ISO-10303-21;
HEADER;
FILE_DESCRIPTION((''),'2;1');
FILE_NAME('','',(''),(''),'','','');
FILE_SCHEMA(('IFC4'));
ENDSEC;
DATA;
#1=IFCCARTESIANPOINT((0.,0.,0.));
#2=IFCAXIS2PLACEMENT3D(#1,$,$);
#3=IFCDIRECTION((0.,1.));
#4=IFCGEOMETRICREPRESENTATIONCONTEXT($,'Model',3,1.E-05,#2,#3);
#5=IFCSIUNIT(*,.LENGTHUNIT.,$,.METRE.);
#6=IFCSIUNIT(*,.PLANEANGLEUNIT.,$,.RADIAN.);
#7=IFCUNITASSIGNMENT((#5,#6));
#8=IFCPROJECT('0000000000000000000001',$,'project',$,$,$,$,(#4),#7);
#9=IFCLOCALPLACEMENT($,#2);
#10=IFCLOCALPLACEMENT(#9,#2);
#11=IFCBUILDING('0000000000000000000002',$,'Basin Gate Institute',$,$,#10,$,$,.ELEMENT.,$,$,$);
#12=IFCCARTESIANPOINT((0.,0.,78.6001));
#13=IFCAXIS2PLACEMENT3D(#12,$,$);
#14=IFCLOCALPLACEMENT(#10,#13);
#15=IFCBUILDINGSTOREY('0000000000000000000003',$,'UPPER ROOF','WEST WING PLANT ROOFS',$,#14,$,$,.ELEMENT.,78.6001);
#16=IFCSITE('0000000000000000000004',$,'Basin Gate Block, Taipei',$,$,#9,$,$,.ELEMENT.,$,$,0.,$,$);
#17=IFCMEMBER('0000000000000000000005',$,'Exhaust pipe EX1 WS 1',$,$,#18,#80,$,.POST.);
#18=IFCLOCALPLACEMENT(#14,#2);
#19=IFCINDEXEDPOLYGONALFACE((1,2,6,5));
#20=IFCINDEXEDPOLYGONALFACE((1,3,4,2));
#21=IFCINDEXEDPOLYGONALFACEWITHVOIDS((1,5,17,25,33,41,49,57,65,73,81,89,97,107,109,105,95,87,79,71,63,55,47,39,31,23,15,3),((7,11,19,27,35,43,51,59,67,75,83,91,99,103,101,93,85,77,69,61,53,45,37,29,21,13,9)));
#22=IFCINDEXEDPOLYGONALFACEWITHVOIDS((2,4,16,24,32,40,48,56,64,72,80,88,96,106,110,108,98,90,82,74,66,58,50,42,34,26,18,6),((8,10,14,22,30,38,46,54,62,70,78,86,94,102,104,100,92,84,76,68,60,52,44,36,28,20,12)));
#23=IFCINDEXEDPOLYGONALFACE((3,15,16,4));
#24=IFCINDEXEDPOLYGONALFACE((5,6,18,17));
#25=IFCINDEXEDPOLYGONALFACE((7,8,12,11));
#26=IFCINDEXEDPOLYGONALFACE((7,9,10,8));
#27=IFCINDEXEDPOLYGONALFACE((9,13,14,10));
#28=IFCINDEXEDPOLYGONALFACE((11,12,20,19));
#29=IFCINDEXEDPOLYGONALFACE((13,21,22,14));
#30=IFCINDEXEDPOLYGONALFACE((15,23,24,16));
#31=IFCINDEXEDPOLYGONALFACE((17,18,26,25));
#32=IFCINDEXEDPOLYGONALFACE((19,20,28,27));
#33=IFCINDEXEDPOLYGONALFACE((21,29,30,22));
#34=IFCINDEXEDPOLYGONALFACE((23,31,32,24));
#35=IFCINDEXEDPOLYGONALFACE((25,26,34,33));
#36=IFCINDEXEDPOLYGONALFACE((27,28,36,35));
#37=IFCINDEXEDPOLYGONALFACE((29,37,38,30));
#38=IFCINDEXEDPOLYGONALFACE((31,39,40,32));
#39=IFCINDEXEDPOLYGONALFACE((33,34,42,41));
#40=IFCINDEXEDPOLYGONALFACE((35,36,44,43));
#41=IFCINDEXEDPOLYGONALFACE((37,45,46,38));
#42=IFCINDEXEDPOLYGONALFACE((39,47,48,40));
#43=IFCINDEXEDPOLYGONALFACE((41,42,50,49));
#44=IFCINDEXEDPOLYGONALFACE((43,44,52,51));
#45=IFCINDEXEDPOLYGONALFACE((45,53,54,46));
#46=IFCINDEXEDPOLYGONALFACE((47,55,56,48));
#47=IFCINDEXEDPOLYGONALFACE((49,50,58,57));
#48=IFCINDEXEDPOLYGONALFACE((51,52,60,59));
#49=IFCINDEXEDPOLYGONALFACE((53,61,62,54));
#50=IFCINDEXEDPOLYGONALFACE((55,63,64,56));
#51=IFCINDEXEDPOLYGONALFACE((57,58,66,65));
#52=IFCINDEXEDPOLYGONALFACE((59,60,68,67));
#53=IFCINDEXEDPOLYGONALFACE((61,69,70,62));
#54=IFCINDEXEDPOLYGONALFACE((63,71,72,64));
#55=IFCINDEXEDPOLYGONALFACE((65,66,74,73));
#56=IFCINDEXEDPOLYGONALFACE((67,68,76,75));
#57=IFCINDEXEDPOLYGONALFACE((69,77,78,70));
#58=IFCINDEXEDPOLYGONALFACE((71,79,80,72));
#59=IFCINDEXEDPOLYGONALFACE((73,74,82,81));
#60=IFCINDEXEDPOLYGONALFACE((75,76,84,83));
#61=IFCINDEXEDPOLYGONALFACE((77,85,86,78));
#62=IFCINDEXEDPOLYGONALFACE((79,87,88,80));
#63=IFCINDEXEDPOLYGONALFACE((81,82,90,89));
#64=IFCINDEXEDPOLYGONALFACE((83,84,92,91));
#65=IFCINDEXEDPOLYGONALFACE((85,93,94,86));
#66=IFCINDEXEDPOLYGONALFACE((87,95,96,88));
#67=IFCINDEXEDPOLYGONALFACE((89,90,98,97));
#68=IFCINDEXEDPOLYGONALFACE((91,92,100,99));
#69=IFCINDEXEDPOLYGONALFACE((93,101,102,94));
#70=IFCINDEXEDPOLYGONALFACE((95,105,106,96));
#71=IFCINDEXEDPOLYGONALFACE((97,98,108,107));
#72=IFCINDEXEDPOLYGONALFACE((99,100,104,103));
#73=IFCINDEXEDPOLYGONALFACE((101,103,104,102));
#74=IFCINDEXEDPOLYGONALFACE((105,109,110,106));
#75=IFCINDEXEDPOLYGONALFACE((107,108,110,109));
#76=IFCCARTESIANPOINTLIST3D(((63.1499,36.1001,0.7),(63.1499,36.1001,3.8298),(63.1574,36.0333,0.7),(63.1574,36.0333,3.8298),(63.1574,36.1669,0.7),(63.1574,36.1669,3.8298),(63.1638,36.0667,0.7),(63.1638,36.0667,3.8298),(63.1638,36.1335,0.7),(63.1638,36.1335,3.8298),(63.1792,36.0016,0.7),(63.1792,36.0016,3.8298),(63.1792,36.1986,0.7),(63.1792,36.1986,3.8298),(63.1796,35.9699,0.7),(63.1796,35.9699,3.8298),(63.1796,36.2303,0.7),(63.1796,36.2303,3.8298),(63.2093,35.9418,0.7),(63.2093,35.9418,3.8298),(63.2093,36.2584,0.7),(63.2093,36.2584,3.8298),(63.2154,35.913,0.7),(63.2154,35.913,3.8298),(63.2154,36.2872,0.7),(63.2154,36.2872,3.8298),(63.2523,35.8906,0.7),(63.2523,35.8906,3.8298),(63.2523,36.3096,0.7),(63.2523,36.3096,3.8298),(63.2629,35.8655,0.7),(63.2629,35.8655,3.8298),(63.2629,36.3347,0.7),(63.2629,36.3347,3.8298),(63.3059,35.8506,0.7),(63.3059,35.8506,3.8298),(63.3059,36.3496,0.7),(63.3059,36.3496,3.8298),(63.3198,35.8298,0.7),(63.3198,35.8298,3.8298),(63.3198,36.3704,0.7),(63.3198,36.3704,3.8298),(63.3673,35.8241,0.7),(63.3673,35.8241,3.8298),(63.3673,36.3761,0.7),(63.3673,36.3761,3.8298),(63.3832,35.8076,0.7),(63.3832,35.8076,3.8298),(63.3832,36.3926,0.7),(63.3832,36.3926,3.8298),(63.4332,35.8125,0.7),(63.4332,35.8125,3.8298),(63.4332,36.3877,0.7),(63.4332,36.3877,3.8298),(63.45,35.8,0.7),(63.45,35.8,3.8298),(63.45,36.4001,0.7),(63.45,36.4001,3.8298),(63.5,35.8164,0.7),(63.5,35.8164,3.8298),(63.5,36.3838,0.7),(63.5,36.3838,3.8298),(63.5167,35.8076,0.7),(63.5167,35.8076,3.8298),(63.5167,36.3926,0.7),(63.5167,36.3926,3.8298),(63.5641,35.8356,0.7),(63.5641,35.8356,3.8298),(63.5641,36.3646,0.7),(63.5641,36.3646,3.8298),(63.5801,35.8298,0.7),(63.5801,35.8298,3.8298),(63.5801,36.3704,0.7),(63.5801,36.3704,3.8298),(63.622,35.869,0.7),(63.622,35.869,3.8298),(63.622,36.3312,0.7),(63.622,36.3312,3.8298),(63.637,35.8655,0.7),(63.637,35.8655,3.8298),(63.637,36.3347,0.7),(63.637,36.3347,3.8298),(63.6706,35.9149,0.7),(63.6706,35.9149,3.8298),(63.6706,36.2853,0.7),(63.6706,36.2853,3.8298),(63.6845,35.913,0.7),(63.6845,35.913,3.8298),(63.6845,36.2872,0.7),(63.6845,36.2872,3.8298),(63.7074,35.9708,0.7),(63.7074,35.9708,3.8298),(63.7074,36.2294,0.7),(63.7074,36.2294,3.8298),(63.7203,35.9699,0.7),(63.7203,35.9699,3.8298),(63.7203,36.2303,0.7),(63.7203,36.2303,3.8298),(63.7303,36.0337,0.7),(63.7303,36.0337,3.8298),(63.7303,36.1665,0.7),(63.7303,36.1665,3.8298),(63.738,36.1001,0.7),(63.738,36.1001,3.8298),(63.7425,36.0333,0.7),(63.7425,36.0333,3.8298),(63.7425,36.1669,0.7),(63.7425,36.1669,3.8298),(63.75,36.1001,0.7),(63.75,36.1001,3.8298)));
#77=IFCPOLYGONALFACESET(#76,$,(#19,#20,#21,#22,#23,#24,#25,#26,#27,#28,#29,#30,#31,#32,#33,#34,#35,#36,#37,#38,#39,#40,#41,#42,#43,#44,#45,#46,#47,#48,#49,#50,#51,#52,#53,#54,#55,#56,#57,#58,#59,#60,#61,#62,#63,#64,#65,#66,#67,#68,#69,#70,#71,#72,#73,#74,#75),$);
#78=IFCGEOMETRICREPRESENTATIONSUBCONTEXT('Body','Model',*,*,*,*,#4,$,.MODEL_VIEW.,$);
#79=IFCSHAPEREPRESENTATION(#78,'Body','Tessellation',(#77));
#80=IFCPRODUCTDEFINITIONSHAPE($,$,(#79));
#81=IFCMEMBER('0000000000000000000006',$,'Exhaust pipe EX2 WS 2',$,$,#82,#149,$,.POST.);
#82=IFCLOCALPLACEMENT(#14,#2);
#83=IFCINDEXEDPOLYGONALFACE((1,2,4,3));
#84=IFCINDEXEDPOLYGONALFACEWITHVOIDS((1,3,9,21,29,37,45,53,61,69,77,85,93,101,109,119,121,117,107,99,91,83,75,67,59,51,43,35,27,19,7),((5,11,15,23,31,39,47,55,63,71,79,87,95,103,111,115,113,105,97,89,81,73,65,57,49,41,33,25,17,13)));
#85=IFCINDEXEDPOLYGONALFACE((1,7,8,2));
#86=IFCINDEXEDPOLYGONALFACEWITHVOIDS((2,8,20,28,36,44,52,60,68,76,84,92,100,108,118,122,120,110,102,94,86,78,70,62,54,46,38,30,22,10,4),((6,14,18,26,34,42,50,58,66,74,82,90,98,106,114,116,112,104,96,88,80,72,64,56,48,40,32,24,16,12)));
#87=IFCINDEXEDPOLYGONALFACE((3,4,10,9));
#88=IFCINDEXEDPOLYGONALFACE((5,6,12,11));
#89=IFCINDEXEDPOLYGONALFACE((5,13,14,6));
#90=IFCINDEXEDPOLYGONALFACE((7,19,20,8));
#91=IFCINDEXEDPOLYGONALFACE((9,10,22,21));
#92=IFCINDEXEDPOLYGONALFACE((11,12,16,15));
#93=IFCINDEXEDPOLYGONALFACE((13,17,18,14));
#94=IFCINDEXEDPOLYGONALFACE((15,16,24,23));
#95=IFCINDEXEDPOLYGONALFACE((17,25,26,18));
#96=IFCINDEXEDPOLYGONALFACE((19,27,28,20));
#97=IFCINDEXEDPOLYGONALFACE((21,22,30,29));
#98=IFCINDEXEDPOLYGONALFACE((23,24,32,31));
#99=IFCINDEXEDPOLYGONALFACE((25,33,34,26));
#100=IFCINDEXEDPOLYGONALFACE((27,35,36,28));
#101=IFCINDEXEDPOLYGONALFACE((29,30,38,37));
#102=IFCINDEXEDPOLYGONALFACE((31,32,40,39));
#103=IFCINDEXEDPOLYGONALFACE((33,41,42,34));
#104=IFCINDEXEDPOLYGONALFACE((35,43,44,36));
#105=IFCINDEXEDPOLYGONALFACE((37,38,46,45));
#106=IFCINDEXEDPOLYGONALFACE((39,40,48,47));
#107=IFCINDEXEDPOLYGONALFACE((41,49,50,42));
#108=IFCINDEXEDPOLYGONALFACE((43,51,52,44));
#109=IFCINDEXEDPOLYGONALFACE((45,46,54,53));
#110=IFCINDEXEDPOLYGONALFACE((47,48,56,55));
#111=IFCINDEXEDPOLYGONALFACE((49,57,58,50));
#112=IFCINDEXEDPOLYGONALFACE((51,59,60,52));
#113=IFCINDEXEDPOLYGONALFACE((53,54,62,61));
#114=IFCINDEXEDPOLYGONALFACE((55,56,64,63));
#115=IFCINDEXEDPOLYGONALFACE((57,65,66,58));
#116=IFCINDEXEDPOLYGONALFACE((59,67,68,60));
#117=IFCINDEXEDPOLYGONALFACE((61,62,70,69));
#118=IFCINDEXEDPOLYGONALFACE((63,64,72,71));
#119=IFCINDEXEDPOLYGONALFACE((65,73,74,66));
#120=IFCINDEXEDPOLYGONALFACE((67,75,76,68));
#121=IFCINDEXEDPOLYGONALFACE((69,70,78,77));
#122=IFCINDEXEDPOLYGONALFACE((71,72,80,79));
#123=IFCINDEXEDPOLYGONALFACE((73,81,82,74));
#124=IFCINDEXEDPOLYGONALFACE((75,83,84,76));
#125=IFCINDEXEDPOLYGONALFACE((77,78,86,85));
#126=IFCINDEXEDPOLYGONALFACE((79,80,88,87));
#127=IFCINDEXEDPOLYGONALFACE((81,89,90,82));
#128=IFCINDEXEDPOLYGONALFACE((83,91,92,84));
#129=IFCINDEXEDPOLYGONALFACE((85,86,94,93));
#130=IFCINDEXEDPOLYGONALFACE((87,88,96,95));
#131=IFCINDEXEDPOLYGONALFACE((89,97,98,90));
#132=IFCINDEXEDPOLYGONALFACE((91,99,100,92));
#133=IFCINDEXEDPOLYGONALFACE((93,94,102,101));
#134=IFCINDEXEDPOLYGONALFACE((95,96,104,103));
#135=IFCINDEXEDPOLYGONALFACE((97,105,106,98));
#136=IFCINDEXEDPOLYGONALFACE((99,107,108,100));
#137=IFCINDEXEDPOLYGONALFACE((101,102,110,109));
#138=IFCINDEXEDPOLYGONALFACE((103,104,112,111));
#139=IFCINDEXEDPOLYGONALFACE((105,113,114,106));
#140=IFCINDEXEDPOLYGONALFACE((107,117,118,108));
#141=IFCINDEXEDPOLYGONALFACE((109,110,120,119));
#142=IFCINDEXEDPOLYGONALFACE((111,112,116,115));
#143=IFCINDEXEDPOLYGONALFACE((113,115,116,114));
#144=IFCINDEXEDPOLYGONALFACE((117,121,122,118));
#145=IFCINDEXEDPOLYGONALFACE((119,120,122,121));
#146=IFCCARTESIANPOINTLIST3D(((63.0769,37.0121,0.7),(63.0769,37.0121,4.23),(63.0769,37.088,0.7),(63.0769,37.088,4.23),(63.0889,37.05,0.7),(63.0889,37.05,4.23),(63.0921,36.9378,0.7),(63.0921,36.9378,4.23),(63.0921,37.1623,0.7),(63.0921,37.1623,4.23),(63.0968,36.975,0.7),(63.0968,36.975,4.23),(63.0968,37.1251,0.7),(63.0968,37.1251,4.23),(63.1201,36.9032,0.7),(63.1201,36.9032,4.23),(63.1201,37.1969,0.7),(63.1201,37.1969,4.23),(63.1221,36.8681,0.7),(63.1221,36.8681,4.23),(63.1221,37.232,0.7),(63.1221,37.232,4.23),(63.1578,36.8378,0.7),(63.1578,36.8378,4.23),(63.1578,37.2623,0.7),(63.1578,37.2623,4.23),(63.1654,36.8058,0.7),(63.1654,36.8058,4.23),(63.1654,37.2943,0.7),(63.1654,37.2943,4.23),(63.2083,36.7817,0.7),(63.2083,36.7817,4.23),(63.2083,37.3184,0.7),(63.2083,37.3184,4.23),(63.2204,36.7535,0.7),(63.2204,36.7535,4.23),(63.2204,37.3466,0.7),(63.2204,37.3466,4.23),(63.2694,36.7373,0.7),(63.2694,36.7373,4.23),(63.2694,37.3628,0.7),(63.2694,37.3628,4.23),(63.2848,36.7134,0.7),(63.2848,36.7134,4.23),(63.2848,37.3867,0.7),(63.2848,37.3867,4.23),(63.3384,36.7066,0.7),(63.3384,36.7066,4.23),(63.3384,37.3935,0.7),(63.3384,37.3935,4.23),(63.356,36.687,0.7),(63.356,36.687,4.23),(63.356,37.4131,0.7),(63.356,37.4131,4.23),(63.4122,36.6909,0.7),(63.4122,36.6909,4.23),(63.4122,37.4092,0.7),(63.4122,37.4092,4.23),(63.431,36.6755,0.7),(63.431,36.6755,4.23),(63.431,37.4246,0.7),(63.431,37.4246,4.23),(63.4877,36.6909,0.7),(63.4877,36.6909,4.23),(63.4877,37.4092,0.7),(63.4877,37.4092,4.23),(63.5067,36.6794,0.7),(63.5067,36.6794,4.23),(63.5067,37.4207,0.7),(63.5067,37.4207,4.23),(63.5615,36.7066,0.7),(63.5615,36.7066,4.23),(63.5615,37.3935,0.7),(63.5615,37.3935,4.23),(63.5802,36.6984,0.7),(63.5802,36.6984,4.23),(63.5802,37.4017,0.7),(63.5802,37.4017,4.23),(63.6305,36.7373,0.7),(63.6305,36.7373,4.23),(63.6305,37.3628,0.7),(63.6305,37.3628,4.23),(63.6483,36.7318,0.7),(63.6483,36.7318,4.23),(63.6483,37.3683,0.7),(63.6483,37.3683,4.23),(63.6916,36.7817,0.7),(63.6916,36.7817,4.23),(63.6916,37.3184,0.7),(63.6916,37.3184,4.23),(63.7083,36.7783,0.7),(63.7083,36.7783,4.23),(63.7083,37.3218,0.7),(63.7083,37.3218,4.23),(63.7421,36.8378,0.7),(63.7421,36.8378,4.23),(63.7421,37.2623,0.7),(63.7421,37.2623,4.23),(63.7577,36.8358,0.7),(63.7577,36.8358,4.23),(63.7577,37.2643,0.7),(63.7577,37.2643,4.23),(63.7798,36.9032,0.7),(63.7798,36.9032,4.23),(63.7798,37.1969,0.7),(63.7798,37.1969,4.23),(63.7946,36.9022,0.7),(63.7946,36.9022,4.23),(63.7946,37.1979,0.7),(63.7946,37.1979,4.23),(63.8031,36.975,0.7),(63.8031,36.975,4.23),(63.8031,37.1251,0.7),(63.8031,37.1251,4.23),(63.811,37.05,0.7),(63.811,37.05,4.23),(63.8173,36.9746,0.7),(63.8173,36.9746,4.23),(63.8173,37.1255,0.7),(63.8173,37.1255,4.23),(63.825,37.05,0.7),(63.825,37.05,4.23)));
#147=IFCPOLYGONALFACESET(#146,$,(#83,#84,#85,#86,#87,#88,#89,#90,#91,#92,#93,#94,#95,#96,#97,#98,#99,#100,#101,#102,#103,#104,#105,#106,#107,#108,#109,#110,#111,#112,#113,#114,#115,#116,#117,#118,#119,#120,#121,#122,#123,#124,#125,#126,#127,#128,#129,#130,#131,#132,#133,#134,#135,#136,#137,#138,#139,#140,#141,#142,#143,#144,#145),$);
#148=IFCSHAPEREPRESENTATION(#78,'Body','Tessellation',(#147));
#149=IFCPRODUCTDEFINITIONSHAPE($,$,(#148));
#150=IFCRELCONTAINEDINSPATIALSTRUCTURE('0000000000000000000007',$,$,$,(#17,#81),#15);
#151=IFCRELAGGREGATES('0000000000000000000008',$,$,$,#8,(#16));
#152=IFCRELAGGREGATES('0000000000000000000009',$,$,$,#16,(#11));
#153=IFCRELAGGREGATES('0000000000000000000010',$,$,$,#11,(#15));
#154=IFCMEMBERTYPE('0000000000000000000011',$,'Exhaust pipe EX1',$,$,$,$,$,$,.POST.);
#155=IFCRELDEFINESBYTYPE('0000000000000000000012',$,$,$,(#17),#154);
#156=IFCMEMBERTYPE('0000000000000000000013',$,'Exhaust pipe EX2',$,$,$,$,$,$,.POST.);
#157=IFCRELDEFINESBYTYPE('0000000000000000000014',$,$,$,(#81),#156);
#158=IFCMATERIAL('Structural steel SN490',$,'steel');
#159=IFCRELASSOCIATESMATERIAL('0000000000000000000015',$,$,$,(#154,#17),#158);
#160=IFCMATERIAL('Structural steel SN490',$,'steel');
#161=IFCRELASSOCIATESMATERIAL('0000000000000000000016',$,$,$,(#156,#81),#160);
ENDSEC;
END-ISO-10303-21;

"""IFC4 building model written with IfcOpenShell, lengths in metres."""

from ifc_helpers import new_model, si_unit, direction, frame, origin, origin_2d, place, context, subcontext, project, spatial, hollow_circle, extrude, material, material_profile, profile_set, type_object, element, save


model = new_model("IFC4")

# Units and contexts
model_context = context("Model", 3, precision=1e-05, world=origin(), true_north=direction((0.0, 1.0)))
body_context = subcontext(model_context, "Body", "Model", "MODEL_VIEW")
ifc_project = project(units=[si_unit("LENGTHUNIT", "METRE"), si_unit("PLANEANGLEUNIT", "RADIAN")], contexts=[model_context])

# Site, building, storey
site_placement = place(None, origin())
site = spatial("IfcSite", under=ifc_project, at=site_placement, Name="Basin Gate Block, Taipei", CompositionType="ELEMENT", RefElevation=0.0)
building_placement = place(site_placement, origin())
building = spatial("IfcBuilding", under=site, at=building_placement, Name="Basin Gate Institute", CompositionType="ELEMENT")
storey_placement = place(building_placement, frame((0.0, 0.0, 78.6001)))
storey = spatial("IfcBuildingStorey", under=building, at=storey_placement, Name="UPPER ROOF", Description="WEST WING PLANT ROOFS", CompositionType="ELEMENT", Elevation=78.6001)

# Members
ifc_material_1 = material(Name="Structural steel SN490", Category="steel")
ifc_material_profile_1 = material_profile(ifc_material_1, hollow_circle(Radius=0.3, WallThickness=0.012, at=origin_2d()), Name="CHS600x12")
ifc_profile_set_1 = profile_set([ifc_material_profile_1], Name="Structural steel SN490")
member_type_1 = type_object("IfcMemberType", Name="Exhaust pipe EX1", PredefinedType="POST", material=ifc_profile_set_1)
member_1_placement = place(storey_placement, frame((63.45, 36.1001, 0.7), z_axis=(0.0, 0.0, 1.0), x_axis=(1.0, 0.0, 0.0)))
element("IfcMember", 1, at=member_1_placement, inside=storey, type_object=member_type_1, material=ifc_profile_set_1, Name="Exhaust pipe EX1 WS 1", PredefinedType="POST", context=body_context, shape_type="SweptSolid", body=[
    extrude(hollow_circle(Radius=0.3, WallThickness=0.012, at=origin_2d()), origin(), (0.0, 0.0, 1.0), 3.1299),
])
ifc_material_2 = material(Name="Structural steel SN490", Category="steel")
ifc_material_profile_2 = material_profile(ifc_material_2, hollow_circle(Radius=0.375, WallThickness=0.0139, at=origin_2d()), Name="CHS750x14")
ifc_profile_set_2 = profile_set([ifc_material_profile_2], Name="Structural steel SN490")
member_type_2 = type_object("IfcMemberType", Name="Exhaust pipe EX2", PredefinedType="POST", material=ifc_profile_set_2)
member_2_placement = place(storey_placement, frame((63.45, 37.05, 0.7), z_axis=(0.0, 0.0, 1.0), x_axis=(1.0, 0.0, 0.0)))
element("IfcMember", 2, at=member_2_placement, inside=storey, type_object=member_type_2, material=ifc_profile_set_2, Name="Exhaust pipe EX2 WS 2", PredefinedType="POST", context=body_context, shape_type="SweptSolid", body=[
    extrude(hollow_circle(Radius=0.375, WallThickness=0.0139, at=origin_2d()), origin(), (0.0, 0.0, 1.0), 3.53),
])

save(model, "model.ifc")
